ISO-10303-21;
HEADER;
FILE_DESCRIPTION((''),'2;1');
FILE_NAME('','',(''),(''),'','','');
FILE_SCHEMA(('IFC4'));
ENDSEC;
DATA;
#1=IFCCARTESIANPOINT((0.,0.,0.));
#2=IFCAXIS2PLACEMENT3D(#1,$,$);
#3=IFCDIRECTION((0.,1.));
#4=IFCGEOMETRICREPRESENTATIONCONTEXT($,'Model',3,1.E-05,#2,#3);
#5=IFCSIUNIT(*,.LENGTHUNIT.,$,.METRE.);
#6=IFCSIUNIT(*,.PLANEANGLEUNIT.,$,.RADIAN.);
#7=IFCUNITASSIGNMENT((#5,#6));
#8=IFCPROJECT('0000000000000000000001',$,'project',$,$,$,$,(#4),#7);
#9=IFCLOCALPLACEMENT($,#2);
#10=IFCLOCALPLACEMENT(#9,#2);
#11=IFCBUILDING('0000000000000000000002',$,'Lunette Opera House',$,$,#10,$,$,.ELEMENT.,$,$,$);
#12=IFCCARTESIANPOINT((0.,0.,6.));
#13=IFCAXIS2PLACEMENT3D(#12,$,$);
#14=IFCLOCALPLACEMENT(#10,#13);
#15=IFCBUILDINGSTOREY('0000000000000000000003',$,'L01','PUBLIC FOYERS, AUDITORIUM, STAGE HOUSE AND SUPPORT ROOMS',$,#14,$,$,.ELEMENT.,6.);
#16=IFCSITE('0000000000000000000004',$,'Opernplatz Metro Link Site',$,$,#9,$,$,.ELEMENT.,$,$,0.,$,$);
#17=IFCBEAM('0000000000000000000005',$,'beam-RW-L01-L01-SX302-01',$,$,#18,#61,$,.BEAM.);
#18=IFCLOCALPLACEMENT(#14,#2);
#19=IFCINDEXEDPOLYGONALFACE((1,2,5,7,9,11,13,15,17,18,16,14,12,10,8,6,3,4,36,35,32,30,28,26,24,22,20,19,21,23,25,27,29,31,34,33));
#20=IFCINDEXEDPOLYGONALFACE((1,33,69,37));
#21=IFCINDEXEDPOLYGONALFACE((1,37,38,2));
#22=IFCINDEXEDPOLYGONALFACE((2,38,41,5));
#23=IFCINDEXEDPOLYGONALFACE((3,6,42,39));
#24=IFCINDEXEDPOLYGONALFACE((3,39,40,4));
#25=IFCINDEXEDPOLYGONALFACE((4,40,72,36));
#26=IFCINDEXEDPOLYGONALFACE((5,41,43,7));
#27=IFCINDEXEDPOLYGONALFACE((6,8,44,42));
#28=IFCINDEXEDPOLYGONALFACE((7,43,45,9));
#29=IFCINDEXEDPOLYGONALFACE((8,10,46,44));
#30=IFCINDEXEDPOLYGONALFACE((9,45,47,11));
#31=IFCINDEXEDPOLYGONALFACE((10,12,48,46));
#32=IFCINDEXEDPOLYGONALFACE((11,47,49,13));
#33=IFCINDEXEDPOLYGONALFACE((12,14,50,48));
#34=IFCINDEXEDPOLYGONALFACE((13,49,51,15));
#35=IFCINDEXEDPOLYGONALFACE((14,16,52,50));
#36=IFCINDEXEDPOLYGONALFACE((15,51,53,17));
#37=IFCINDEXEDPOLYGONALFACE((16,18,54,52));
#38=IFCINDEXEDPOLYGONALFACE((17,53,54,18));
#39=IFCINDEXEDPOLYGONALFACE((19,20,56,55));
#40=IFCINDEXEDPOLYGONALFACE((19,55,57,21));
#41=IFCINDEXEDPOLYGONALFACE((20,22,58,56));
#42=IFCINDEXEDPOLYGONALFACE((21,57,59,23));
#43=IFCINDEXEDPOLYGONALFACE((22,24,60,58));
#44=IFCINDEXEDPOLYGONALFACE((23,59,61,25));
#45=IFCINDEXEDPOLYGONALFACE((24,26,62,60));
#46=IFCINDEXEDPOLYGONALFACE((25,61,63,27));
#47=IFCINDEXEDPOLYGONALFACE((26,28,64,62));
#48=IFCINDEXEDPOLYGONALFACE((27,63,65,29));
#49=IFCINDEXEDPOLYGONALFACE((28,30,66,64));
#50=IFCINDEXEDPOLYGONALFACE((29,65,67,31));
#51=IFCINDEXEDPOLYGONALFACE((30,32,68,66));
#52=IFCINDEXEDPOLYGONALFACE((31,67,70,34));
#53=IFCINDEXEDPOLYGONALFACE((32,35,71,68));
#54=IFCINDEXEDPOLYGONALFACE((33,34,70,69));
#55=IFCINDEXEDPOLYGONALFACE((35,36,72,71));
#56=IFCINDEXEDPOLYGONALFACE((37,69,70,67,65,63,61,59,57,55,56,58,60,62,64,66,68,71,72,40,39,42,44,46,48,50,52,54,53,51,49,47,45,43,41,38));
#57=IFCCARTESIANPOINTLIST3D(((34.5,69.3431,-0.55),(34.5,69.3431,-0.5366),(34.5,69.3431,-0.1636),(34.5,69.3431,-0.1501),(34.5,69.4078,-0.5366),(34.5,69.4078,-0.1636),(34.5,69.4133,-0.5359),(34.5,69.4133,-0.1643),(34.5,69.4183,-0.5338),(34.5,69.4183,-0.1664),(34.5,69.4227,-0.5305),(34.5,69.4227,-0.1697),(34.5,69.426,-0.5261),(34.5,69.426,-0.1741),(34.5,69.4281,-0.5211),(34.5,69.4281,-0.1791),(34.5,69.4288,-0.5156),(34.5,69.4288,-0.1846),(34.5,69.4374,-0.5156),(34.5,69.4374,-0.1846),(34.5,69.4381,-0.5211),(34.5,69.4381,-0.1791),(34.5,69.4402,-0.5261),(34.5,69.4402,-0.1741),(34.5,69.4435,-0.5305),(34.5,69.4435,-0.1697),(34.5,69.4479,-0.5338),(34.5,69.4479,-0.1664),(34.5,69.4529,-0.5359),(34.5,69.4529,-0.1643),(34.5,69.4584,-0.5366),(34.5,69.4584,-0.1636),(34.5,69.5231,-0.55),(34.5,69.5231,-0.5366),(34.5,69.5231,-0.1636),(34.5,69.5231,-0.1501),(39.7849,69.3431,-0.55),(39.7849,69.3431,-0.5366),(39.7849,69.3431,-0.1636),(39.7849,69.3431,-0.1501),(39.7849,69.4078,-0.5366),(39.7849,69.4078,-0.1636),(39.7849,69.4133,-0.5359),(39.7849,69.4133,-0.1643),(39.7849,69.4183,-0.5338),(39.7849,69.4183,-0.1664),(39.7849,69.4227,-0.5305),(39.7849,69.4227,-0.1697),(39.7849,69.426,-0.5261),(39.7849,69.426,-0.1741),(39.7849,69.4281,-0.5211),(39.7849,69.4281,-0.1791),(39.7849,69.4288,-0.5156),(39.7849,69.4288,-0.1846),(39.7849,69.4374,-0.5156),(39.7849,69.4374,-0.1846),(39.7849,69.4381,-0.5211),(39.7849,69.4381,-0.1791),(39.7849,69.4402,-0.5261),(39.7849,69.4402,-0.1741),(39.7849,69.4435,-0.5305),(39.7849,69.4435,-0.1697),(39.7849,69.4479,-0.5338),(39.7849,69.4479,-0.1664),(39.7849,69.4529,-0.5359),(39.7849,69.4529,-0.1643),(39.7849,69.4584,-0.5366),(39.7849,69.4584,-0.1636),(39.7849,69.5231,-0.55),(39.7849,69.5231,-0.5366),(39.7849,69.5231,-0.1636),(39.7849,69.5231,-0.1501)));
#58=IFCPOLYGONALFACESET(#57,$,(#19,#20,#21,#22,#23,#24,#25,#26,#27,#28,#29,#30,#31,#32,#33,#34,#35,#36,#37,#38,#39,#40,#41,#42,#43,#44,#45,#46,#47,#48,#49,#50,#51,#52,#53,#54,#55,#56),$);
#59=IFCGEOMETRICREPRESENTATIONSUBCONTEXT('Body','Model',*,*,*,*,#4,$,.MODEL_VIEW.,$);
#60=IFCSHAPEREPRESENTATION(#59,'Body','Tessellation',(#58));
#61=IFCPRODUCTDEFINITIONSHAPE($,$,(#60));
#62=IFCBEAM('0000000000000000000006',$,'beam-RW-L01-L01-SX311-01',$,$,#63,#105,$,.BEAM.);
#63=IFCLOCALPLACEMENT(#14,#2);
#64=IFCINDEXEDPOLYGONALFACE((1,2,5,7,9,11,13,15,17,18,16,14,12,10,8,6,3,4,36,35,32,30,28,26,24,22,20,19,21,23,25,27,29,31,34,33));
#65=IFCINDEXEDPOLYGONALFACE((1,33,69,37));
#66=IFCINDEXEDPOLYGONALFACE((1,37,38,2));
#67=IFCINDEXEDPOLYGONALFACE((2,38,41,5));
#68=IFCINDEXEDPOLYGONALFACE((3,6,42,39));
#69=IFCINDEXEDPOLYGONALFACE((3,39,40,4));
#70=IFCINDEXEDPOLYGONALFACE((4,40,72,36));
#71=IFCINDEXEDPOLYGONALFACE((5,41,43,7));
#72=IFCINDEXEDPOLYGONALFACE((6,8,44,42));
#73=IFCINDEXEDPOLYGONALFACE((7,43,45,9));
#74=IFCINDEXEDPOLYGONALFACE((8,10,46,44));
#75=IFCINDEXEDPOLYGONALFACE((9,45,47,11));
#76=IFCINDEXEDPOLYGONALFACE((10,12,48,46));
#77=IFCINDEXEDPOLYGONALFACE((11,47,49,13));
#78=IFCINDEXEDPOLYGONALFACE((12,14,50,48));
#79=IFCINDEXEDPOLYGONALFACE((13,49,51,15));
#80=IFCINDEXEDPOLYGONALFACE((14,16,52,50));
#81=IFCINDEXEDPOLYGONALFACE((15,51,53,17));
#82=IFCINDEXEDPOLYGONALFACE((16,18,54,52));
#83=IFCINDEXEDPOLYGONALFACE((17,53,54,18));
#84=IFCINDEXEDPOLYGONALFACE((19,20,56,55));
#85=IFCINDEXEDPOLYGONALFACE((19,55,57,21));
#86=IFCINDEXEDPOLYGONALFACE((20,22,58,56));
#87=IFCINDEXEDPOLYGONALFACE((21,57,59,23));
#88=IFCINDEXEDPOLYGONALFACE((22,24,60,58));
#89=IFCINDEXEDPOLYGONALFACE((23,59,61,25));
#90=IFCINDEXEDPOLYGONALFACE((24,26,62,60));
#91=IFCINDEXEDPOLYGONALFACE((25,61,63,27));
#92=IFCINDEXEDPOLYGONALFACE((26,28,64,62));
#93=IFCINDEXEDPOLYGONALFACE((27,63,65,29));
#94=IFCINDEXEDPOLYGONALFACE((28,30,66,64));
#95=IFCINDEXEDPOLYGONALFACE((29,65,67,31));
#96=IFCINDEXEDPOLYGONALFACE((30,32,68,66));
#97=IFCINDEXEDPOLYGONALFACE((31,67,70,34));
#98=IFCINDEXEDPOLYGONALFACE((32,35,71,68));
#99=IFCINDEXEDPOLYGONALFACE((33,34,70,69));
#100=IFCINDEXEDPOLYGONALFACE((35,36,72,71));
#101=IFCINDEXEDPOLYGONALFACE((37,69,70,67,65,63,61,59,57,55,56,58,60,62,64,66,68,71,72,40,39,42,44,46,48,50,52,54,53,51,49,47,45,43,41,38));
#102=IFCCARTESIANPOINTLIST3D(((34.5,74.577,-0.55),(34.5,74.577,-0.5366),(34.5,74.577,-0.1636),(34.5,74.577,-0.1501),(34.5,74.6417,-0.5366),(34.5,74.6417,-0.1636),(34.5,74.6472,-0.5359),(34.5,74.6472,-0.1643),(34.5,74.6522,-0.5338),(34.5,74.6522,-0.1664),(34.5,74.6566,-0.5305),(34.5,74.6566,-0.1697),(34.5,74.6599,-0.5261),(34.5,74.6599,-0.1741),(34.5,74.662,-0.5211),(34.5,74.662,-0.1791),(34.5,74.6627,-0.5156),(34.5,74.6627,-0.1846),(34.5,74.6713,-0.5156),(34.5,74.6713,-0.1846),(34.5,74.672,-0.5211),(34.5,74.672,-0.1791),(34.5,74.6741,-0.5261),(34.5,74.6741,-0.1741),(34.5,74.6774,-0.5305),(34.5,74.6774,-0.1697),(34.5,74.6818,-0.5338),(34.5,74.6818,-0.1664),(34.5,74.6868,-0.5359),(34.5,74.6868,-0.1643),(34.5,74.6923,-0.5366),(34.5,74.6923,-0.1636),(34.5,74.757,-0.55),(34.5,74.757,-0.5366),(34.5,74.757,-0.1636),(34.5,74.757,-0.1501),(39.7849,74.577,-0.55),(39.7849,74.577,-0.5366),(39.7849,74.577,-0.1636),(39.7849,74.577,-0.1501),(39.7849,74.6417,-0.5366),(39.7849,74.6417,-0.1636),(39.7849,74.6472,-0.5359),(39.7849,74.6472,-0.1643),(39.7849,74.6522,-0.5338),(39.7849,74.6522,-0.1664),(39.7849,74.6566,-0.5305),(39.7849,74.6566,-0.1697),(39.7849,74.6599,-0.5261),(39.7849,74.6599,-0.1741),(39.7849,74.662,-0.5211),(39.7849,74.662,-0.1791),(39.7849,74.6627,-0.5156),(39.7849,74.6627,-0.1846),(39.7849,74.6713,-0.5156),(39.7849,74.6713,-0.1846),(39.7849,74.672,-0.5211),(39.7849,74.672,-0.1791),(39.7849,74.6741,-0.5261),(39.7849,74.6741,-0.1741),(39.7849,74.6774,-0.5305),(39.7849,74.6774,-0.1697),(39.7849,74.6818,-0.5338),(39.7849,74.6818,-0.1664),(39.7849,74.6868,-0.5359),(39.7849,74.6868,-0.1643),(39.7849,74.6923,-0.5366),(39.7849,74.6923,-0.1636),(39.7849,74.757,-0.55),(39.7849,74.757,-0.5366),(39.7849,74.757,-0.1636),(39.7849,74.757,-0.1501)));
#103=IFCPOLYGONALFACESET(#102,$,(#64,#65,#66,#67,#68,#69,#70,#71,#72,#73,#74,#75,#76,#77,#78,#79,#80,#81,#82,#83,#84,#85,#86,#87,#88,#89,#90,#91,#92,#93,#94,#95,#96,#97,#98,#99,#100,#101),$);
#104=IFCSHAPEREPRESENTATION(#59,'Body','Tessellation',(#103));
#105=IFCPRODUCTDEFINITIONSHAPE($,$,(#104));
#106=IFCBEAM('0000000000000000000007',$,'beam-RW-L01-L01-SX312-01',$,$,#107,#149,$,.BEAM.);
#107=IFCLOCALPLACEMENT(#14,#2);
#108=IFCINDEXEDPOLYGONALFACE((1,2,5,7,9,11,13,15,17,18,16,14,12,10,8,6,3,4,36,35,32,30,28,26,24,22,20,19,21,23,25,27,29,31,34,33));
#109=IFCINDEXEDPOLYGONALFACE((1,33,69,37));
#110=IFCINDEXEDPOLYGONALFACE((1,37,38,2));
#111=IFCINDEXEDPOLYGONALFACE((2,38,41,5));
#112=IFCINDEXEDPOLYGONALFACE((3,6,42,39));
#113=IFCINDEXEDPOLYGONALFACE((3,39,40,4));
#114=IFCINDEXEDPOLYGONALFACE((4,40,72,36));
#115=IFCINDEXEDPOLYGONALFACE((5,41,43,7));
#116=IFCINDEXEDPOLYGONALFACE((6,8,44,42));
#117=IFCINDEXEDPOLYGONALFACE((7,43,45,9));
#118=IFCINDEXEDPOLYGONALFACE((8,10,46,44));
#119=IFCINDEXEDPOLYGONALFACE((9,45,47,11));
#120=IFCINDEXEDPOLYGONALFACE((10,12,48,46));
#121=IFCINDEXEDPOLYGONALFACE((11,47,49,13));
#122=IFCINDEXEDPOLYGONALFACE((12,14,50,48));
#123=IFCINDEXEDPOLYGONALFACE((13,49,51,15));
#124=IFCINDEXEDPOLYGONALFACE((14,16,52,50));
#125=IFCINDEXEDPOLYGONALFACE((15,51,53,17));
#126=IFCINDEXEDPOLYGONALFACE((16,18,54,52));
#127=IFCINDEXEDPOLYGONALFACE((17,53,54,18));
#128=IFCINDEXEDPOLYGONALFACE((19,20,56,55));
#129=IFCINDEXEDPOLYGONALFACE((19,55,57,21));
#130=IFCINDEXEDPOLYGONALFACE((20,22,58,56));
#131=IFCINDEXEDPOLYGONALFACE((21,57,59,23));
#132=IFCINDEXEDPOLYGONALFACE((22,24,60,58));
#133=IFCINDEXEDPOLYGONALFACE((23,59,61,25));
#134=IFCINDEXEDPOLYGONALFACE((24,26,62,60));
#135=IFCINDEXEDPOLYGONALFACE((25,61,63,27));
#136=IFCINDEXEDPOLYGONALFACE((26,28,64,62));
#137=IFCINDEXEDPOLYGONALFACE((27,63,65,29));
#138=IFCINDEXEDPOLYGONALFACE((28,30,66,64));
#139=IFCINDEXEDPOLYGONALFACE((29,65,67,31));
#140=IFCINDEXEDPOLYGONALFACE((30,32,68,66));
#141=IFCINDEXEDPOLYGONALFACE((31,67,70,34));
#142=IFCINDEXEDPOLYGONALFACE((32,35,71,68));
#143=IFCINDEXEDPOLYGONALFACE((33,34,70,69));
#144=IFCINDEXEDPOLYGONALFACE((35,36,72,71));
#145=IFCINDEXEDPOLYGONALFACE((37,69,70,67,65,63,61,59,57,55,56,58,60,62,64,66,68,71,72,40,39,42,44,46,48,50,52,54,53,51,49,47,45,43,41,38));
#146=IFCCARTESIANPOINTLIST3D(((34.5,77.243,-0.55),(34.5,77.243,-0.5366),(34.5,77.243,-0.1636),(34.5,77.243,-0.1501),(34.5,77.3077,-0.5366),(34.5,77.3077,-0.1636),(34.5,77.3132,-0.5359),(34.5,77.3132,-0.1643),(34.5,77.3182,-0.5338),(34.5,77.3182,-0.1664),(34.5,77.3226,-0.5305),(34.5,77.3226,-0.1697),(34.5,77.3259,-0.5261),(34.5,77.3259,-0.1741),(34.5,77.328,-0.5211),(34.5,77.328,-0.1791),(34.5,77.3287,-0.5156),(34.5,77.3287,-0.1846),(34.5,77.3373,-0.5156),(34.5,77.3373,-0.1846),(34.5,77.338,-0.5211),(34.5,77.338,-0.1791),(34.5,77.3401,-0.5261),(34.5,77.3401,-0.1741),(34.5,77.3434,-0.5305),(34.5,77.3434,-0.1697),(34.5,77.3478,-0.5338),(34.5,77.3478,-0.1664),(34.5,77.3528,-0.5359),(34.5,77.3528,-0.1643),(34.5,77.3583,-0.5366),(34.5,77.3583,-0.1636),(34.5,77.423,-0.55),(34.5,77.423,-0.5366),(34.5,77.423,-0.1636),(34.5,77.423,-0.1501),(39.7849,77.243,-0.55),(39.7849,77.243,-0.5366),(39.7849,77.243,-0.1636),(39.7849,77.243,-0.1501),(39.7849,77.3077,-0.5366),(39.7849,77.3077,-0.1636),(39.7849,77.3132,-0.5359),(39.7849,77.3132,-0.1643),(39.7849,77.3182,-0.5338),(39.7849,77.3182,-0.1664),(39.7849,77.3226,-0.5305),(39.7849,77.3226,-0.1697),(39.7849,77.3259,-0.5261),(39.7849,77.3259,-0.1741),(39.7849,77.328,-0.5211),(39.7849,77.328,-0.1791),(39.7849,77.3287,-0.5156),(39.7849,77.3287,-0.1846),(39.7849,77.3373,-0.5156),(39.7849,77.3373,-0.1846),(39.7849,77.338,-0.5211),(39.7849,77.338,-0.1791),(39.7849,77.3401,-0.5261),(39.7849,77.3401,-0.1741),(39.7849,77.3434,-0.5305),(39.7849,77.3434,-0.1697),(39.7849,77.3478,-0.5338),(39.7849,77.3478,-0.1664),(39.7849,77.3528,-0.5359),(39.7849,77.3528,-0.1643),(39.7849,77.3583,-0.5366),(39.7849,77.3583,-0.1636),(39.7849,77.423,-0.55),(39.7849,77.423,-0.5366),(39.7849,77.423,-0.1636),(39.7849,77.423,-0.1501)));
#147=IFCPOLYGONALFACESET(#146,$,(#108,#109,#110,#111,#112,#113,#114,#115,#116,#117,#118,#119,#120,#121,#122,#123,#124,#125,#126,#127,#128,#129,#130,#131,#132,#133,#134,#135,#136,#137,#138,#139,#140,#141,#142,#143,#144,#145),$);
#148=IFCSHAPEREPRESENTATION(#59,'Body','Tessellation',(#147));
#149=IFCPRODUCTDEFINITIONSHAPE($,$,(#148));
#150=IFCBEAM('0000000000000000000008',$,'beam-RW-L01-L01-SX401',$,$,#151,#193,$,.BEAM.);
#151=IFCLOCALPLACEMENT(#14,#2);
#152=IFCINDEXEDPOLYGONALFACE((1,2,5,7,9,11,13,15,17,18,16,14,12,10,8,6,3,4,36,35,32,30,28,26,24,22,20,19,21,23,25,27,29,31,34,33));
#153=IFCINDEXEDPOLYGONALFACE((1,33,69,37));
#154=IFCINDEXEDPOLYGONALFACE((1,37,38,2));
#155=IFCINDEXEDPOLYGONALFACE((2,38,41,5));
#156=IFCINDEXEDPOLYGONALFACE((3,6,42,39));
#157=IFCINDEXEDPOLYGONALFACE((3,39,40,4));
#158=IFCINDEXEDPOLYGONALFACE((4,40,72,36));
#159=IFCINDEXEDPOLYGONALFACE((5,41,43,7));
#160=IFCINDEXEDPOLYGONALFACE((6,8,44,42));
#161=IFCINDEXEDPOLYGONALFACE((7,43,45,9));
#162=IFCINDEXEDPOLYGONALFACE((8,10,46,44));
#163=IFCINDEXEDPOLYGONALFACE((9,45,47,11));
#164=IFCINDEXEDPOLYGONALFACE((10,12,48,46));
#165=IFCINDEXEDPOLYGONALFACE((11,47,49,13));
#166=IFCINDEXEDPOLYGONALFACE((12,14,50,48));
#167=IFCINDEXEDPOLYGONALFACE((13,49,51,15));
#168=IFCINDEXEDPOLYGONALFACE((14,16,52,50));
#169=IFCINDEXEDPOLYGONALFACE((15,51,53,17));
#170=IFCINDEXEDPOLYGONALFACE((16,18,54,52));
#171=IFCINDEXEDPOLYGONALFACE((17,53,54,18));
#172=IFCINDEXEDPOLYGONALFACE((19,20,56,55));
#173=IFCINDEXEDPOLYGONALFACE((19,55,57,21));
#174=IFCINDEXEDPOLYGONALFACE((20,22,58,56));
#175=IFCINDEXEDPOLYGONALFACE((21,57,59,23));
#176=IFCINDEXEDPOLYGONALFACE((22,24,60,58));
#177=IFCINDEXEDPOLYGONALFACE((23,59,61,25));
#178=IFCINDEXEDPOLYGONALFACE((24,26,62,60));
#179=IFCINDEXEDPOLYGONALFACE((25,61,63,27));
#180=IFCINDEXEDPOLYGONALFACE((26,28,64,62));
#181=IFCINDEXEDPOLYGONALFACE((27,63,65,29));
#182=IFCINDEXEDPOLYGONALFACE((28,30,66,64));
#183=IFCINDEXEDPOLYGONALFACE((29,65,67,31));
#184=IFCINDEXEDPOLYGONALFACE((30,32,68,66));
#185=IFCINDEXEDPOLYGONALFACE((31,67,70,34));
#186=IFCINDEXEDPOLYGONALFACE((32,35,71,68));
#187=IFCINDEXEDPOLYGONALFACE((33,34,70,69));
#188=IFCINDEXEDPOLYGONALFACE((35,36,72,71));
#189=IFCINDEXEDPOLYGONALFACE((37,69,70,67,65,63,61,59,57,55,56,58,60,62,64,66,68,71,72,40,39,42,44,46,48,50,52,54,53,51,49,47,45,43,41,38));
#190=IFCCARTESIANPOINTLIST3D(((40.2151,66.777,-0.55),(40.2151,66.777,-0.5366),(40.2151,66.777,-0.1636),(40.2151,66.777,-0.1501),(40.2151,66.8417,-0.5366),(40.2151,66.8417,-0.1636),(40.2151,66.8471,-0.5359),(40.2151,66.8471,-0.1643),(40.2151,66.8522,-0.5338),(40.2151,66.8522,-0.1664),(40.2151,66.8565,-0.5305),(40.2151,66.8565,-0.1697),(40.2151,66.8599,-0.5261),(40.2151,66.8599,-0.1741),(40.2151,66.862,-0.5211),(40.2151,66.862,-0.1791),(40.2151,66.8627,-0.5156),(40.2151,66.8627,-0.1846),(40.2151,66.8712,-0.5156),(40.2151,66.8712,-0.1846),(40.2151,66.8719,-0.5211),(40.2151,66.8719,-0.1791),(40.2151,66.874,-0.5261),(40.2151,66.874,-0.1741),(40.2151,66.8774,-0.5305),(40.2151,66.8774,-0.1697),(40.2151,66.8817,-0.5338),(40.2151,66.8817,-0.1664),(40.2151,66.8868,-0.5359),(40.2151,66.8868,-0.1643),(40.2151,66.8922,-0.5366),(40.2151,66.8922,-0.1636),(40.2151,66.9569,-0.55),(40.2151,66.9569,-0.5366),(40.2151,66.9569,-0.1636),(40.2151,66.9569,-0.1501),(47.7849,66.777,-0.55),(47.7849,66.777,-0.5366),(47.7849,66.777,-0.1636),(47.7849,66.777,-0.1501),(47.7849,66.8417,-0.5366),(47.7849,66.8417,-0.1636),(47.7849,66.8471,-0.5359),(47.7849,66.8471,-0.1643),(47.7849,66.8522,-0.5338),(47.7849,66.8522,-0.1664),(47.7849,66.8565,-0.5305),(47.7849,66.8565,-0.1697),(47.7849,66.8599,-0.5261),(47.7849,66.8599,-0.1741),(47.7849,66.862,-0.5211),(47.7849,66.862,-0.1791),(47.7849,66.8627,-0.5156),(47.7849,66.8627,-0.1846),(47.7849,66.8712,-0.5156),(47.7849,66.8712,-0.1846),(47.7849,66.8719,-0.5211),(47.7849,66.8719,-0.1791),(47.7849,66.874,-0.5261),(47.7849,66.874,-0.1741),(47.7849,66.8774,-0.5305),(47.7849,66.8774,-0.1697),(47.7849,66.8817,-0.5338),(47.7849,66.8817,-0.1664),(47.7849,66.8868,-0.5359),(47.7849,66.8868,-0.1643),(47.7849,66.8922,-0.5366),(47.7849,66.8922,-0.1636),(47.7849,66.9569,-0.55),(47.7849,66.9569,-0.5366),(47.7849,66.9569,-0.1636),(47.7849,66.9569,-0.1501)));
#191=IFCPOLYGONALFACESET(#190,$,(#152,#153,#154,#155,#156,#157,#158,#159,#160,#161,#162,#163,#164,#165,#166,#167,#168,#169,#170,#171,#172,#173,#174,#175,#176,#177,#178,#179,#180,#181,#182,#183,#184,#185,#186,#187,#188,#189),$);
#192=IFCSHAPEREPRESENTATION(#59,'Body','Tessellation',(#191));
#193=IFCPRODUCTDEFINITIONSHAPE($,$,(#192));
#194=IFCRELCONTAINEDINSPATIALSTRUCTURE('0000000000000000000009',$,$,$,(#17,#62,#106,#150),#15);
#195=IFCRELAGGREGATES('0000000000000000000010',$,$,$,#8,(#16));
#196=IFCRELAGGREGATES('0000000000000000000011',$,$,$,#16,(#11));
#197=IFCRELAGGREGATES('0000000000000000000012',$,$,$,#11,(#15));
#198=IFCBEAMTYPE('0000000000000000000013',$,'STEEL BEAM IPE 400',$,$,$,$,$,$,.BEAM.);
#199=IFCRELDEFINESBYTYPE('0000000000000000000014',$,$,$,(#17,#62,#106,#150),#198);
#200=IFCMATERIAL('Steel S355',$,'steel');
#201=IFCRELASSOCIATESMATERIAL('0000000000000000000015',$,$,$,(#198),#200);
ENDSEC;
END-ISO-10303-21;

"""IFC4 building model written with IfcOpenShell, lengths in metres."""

from ifc_helpers import new_model, si_unit, direction, frame, origin, origin_2d, place, context, subcontext, project, spatial, i_section, extrude, material, material_profile, profile_set, type_object, element, save


model = new_model("IFC4")

# Units and contexts
model_context = context("Model", 3, precision=1e-05, world=origin(), true_north=direction((0.0, 1.0)))
body_context = subcontext(model_context, "Body", "Model", "MODEL_VIEW")
ifc_project = project(units=[si_unit("LENGTHUNIT", "METRE"), si_unit("PLANEANGLEUNIT", "RADIAN")], contexts=[model_context])

# Site, building, storey
site_placement = place(None, origin())
site = spatial("IfcSite", under=ifc_project, at=site_placement, Name="Opernplatz Metro Link Site", CompositionType="ELEMENT", RefElevation=0.0)
building_placement = place(site_placement, origin())
building = spatial("IfcBuilding", under=site, at=building_placement, Name="Lunette Opera House", CompositionType="ELEMENT")
storey_placement = place(building_placement, frame((0.0, 0.0, 6.0)))
storey = spatial("IfcBuildingStorey", under=building, at=storey_placement, Name="L01", Description="PUBLIC FOYERS, AUDITORIUM, STAGE HOUSE AND SUPPORT ROOMS", CompositionType="ELEMENT", Elevation=6.0)

# Beams
ifc_material_1 = material(Name="Steel S355", Category="steel")
ifc_material_profile_1 = material_profile(ifc_material_1, i_section(OverallWidth=0.1799, OverallDepth=0.3999, WebThickness=0.0085, FlangeThickness=0.0134, FilletRadius=0.021, at=origin_2d()), Name="IPE 400")
ifc_profile_set_1 = profile_set([ifc_material_profile_1], Name="Steel S355")
beam_type_1 = type_object("IfcBeamType", Name="STEEL BEAM IPE 400", PredefinedType="BEAM", material=ifc_profile_set_1)
for number, where, z_axis, x_axis, name in (
    (1, (34.5, 69.4331, -0.3501), (1.0, 0.0, 0.0), (0.0, 1.0, 0.0), "beam-RW-L01-L01-SX302-01"),
    (2, (34.5, 74.667, -0.3501), (1.0, 0.0, 0.0), (0.0, 1.0, 0.0), "beam-RW-L01-L01-SX311-01"),
    (3, (34.5, 77.333, -0.3501), (1.0, 0.0, 0.0), (0.0, 1.0, 0.0), "beam-RW-L01-L01-SX312-01"),
):
    element("IfcBeam", number, at=place(storey_placement, frame(where, z_axis=z_axis, x_axis=x_axis)), inside=storey, type_object=beam_type_1, Name=name, PredefinedType="BEAM", context=body_context, shape_type="SweptSolid", body=[
        extrude(i_section(OverallWidth=0.1799, OverallDepth=0.3999, WebThickness=0.0085, FlangeThickness=0.0134, FilletRadius=0.021, at=origin_2d()), origin(), (0.0, 0.0, 1.0), 5.2849),
    ])
for number, where, z_axis, x_axis, name in (
    (4, (40.2151, 66.8669, -0.3501), (1.0, 0.0, 0.0), (0.0, 1.0, 0.0), "beam-RW-L01-L01-SX401"),
):
    element("IfcBeam", number, at=place(storey_placement, frame(where, z_axis=z_axis, x_axis=x_axis)), inside=storey, type_object=beam_type_1, Name=name, PredefinedType="BEAM", context=body_context, shape_type="SweptSolid", body=[
        extrude(i_section(OverallWidth=0.1799, OverallDepth=0.3999, WebThickness=0.0085, FlangeThickness=0.0134, FilletRadius=0.021, at=origin_2d()), origin(), (0.0, 0.0, 1.0), 7.5698),
    ])

save(model, "model.ifc")
